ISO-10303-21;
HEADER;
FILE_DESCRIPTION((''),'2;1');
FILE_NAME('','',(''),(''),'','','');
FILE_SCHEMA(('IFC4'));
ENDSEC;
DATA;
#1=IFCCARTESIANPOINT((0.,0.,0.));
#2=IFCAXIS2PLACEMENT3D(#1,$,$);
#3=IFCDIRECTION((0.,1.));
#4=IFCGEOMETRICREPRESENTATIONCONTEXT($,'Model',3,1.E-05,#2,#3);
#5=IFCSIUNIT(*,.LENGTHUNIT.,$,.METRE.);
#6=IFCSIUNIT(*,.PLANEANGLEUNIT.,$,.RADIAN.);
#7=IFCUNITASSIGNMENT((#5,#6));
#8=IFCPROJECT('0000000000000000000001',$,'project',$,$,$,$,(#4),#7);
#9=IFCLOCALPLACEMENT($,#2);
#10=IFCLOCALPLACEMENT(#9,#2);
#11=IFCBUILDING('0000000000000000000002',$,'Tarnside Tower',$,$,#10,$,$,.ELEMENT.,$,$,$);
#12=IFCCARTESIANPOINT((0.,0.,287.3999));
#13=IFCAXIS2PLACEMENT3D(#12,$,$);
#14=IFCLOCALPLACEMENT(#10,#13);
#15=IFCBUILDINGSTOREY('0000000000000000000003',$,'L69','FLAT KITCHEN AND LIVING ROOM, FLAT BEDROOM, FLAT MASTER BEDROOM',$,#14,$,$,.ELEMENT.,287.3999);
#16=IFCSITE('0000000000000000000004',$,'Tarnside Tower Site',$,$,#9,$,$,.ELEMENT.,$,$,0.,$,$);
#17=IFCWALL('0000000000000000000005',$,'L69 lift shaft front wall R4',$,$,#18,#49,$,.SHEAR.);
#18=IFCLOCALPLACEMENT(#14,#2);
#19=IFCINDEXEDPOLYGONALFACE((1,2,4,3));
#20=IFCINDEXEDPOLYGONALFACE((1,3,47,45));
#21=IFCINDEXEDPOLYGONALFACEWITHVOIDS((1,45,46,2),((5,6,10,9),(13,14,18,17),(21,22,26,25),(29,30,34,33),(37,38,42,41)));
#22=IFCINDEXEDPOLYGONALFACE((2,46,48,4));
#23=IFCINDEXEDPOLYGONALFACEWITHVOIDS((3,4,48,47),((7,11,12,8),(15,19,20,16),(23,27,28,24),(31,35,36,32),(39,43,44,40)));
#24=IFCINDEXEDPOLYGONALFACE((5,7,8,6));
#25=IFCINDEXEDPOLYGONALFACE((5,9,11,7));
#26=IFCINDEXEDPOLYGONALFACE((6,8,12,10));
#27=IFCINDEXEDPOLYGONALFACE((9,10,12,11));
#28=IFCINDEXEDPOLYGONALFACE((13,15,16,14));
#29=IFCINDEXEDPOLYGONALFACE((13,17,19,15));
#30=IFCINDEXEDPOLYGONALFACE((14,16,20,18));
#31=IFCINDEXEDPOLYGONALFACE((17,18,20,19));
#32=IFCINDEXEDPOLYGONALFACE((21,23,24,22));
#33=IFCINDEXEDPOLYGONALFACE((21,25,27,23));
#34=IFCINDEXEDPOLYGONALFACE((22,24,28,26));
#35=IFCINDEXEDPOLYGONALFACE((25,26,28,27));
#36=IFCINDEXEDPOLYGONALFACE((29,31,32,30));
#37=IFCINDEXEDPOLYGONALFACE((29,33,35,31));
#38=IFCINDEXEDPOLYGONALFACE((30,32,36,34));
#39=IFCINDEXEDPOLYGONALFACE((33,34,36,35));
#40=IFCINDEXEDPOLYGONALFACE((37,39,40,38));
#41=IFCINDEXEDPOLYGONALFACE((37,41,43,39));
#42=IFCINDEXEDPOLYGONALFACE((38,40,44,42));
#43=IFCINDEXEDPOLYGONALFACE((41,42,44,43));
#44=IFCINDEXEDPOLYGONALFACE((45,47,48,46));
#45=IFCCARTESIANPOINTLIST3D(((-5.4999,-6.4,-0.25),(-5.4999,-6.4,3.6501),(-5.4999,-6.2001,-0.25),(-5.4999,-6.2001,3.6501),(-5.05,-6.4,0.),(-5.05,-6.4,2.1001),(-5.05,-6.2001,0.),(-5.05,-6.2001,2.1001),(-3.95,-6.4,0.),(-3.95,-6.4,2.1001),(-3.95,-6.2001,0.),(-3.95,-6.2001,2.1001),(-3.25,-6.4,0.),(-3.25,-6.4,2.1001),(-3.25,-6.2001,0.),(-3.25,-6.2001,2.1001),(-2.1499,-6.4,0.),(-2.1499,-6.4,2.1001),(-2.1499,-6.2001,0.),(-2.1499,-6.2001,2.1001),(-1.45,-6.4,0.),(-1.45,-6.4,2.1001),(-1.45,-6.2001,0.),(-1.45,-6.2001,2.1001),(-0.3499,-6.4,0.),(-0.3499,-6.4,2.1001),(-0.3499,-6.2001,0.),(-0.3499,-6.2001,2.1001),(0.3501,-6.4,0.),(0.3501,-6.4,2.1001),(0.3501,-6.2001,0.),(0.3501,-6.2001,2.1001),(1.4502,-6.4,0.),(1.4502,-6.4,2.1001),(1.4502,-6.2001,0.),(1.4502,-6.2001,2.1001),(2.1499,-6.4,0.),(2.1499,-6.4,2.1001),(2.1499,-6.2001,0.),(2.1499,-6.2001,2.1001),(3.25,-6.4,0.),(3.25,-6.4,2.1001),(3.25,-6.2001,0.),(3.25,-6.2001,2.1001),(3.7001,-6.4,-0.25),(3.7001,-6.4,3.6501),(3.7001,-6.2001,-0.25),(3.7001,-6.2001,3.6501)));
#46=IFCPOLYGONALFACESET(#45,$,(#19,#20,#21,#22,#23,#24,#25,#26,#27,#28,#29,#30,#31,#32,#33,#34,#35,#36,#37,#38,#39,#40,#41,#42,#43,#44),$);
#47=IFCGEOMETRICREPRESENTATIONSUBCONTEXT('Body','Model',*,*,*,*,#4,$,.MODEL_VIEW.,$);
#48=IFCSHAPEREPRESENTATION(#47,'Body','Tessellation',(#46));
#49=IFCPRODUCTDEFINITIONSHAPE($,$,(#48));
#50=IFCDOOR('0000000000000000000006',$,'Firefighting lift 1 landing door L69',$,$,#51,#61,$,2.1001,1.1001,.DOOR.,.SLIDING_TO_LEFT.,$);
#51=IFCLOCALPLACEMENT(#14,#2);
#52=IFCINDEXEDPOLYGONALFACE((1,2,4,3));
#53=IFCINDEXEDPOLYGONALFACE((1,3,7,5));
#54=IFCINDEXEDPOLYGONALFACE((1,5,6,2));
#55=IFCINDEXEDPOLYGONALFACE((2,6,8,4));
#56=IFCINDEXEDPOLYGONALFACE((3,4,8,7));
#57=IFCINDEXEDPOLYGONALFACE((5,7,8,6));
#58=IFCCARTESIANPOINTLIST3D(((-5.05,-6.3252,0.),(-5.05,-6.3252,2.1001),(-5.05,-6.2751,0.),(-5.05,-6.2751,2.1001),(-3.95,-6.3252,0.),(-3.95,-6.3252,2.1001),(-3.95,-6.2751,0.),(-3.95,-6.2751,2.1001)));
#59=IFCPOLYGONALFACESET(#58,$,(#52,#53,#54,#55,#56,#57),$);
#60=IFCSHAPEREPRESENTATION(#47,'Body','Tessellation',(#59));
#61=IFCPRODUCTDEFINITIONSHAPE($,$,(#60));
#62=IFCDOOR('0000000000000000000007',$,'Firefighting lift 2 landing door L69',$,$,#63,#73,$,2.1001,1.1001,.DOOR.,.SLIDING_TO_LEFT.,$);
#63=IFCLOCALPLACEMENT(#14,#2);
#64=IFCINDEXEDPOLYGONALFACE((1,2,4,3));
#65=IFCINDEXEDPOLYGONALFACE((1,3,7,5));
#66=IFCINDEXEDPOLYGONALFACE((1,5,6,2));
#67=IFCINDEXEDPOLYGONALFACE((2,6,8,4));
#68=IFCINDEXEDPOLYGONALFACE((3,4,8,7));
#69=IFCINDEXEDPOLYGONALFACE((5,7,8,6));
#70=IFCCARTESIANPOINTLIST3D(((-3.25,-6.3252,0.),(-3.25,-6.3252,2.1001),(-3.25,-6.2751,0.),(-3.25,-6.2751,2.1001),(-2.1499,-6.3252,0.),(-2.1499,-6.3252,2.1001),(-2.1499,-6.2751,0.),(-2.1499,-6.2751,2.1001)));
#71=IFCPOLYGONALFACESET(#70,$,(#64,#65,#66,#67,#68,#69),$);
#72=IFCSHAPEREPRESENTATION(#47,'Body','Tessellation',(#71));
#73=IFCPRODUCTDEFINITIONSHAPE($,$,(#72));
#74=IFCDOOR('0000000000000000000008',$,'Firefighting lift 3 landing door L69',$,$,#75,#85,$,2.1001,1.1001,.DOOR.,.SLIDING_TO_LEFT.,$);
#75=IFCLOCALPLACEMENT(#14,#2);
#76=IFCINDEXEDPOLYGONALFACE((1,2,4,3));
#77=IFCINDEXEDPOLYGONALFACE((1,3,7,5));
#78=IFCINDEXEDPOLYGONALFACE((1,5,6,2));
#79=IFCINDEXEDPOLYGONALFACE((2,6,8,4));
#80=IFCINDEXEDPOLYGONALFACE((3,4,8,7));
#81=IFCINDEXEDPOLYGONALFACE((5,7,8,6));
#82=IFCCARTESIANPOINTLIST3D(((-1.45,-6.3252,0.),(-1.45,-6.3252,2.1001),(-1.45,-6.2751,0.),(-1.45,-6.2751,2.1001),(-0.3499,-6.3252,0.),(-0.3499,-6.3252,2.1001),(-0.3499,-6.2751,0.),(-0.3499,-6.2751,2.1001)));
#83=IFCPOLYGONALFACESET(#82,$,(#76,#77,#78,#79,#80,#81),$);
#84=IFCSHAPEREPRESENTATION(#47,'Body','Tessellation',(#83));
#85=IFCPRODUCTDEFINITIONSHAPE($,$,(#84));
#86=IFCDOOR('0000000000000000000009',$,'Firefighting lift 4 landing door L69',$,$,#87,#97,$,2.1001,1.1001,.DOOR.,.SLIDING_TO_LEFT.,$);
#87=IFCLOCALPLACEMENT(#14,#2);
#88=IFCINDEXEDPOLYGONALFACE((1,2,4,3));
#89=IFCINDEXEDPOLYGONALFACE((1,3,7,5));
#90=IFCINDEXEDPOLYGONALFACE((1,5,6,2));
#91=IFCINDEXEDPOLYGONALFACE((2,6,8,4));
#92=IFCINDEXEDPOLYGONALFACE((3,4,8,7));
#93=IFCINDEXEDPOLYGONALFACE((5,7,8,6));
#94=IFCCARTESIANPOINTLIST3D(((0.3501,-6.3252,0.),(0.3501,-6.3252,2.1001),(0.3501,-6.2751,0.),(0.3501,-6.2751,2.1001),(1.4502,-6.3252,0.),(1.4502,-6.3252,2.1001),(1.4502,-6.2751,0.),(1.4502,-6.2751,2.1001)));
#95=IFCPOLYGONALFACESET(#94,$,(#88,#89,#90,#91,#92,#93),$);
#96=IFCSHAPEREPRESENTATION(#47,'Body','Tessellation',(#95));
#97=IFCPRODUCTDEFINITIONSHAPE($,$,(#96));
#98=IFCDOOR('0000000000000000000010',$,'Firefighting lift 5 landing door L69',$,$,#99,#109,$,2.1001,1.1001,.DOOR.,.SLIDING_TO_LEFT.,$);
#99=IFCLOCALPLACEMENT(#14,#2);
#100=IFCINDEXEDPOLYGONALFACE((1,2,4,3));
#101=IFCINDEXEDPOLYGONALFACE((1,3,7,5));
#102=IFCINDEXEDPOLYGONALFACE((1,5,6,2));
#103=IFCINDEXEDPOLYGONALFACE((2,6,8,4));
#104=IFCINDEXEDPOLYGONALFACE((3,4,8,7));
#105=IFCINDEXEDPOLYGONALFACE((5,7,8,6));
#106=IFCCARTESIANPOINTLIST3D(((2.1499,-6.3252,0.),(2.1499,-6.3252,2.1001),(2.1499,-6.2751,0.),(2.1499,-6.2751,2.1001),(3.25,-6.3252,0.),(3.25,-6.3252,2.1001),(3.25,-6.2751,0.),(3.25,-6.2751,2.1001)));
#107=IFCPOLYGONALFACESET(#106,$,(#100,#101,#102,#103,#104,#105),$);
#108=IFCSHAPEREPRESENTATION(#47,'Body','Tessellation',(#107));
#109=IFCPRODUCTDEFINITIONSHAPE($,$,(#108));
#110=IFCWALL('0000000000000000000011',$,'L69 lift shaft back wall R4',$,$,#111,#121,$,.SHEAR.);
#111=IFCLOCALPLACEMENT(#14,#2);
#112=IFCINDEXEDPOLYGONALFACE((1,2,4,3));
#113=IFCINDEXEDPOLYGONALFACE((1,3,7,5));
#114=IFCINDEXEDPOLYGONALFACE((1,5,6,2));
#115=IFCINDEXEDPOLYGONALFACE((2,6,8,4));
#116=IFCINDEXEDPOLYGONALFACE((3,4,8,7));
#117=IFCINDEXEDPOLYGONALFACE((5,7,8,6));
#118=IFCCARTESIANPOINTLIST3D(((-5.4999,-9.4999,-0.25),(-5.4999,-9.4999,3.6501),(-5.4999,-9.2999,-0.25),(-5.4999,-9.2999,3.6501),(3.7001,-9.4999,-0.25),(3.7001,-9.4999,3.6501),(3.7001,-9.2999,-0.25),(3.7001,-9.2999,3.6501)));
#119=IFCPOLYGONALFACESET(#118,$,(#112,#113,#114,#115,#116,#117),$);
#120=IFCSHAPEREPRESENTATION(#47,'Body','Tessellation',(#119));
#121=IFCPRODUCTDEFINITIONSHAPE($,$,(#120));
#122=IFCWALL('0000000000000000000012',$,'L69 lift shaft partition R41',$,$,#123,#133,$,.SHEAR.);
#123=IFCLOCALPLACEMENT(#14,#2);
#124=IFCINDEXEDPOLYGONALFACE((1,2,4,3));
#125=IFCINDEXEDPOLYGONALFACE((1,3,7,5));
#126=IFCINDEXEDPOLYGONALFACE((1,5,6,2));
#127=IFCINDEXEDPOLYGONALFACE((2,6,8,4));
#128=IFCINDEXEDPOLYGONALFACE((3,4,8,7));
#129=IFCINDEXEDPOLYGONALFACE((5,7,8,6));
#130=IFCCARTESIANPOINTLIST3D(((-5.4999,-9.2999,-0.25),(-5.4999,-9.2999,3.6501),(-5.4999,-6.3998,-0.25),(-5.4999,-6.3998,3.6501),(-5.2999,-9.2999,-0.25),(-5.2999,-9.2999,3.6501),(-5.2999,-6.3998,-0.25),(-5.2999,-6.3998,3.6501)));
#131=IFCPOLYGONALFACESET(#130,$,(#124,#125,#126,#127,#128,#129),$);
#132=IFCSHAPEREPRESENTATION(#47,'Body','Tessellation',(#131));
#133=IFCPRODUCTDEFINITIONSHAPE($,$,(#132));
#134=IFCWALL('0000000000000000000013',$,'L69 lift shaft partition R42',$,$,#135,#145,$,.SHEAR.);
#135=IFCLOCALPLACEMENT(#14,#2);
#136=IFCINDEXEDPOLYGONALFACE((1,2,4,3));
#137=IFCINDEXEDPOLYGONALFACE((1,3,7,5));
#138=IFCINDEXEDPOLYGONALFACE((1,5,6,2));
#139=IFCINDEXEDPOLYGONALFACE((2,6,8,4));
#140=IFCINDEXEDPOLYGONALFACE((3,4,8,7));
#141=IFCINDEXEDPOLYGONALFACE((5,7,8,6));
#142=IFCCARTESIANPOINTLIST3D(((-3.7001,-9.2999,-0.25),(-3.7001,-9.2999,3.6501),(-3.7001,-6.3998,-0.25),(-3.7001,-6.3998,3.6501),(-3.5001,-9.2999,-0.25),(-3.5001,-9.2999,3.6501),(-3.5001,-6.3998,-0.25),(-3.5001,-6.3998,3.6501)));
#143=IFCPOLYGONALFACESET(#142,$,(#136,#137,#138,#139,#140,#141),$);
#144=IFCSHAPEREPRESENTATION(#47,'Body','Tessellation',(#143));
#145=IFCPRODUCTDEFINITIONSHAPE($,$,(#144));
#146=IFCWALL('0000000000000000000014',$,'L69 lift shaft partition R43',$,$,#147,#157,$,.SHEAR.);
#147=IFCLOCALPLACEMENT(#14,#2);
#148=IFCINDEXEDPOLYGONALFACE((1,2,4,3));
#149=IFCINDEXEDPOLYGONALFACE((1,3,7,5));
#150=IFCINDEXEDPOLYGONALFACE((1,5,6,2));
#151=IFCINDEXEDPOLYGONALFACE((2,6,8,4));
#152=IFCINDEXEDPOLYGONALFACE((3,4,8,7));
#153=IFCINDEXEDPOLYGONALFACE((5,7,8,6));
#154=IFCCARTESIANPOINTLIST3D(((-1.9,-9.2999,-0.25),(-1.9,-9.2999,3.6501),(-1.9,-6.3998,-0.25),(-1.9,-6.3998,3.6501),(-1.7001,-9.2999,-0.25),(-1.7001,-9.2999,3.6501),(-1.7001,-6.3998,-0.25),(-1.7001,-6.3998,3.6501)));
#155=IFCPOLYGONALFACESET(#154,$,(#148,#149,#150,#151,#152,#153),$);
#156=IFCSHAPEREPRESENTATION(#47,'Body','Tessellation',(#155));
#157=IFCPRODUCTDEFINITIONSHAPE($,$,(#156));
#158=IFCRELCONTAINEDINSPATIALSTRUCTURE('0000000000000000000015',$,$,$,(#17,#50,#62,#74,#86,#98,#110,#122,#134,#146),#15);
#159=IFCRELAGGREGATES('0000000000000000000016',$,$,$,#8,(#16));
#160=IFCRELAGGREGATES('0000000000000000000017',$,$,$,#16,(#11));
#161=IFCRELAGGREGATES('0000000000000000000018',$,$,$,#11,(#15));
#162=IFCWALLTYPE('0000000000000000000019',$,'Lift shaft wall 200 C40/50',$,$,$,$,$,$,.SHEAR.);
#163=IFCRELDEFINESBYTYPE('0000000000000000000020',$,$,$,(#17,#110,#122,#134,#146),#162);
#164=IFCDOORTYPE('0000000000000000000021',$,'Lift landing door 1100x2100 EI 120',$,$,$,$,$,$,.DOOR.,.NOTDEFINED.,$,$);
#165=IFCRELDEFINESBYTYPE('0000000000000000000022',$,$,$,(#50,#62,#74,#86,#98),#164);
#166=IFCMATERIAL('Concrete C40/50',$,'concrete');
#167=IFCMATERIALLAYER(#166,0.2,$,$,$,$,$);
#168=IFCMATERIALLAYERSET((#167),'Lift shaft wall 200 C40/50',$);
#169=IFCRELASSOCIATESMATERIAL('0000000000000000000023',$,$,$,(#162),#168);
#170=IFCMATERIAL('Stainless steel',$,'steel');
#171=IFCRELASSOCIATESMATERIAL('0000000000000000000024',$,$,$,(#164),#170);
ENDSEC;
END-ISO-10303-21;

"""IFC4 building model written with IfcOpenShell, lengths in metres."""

from ifc_helpers import new_model, si_unit, direction, frame, frame_2d, origin, place, context, subcontext, project, spatial, rectangle, extrude, material, layer, layer_set, type_object, element, fill, save


model = new_model("IFC4")

# Units and contexts
model_context = context("Model", 3, precision=1e-05, world=origin(), true_north=direction((0.0, 1.0)))
body_context = subcontext(model_context, "Body", "Model", "MODEL_VIEW")
ifc_project = project(units=[si_unit("LENGTHUNIT", "METRE"), si_unit("PLANEANGLEUNIT", "RADIAN")], contexts=[model_context])

# Site, building, storey
site_placement = place(None, origin())
site = spatial("IfcSite", under=ifc_project, at=site_placement, Name="Tarnside Tower Site", CompositionType="ELEMENT", RefElevation=0.0)
building_placement = place(site_placement, origin())
building = spatial("IfcBuilding", under=site, at=building_placement, Name="Tarnside Tower", CompositionType="ELEMENT")
storey_placement = place(building_placement, frame((0.0, 0.0, 287.3999)))
storey = spatial("IfcBuildingStorey", under=building, at=storey_placement, Name="L69", Description="FLAT KITCHEN AND LIVING ROOM, FLAT BEDROOM, FLAT MASTER BEDROOM", CompositionType="ELEMENT", Elevation=287.3999)

# Shared definitions
ifc_material_1 = material(Name="Concrete C40/50", Category="concrete")

# Wall, openings, doors
ifc_layer_1 = layer(ifc_material_1, 0.2)
ifc_layer_set_1 = layer_set([ifc_layer_1], Name="Lift shaft wall 200 C40/50")
wall_type_1 = type_object("IfcWallType", Name="Lift shaft wall 200 C40/50", PredefinedType="SHEAR", material=ifc_layer_set_1)
wall_1_placement = place(storey_placement, frame((-5.5, -6.3, -0.25), z_axis=(0.0, 0.0, 1.0), x_axis=(1.0, 0.0, 0.0)))
wall_1 = element("IfcWall", 1, at=wall_1_placement, inside=storey, type_object=wall_type_1, Name="L69 lift shaft front wall R4", PredefinedType="SHEAR", context=body_context, shape_type="SweptSolid", body=[
    extrude(rectangle(XDim=9.2, YDim=0.2, at=frame_2d((4.6001, 0.0))), origin(), (0.0, 0.0, 1.0), 3.9001),
])
opening_1_placement = place(wall_1_placement, frame((0.45, 0.0, 0.25)))
opening_1 = element("IfcOpeningElement", 2, at=opening_1_placement, cuts=wall_1, PredefinedType="OPENING", context=body_context, shape_type="SweptSolid", body=[
    extrude(rectangle(XDim=1.1001, YDim=2.1001, at=frame_2d((0.55, 1.05))), frame((0.0, 0.1099, 0.0), z_axis=(0.0, -1.0, 0.0), x_axis=(1.0, 0.0, 0.0)), (0.0, 0.0, 1.0), 0.22),
])
opening_2_placement = place(wall_1_placement, frame((2.25, 0.0, 0.25)))
opening_2 = element("IfcOpeningElement", 3, at=opening_2_placement, cuts=wall_1, PredefinedType="OPENING", context=body_context, shape_type="SweptSolid", body=[
    extrude(rectangle(XDim=1.1001, YDim=2.1001, at=frame_2d((0.55, 1.05))), frame((0.0, 0.1099, 0.0), z_axis=(0.0, -1.0, 0.0), x_axis=(1.0, 0.0, 0.0)), (0.0, 0.0, 1.0), 0.22),
])
opening_3_placement = place(wall_1_placement, frame((4.05, 0.0, 0.25)))
opening_3 = element("IfcOpeningElement", 4, at=opening_3_placement, cuts=wall_1, PredefinedType="OPENING", context=body_context, shape_type="SweptSolid", body=[
    extrude(rectangle(XDim=1.1001, YDim=2.1001, at=frame_2d((0.55, 1.05))), frame((0.0, 0.1099, 0.0), z_axis=(0.0, -1.0, 0.0), x_axis=(1.0, 0.0, 0.0)), (0.0, 0.0, 1.0), 0.22),
])
opening_4_placement = place(wall_1_placement, frame((5.8501, 0.0, 0.25)))
opening_4 = element("IfcOpeningElement", 5, at=opening_4_placement, cuts=wall_1, PredefinedType="OPENING", context=body_context, shape_type="SweptSolid", body=[
    extrude(rectangle(XDim=1.1001, YDim=2.1001, at=frame_2d((0.55, 1.05))), frame((0.0, 0.1099, 0.0), z_axis=(0.0, -1.0, 0.0), x_axis=(1.0, 0.0, 0.0)), (0.0, 0.0, 1.0), 0.22),
])
opening_5_placement = place(wall_1_placement, frame((7.6499, 0.0, 0.25)))
opening_5 = element("IfcOpeningElement", 6, at=opening_5_placement, cuts=wall_1, PredefinedType="OPENING", context=body_context, shape_type="SweptSolid", body=[
    extrude(rectangle(XDim=1.1001, YDim=2.1001, at=frame_2d((0.55, 1.05))), frame((0.0, 0.1099, 0.0), z_axis=(0.0, -1.0, 0.0), x_axis=(1.0, 0.0, 0.0)), (0.0, 0.0, 1.0), 0.22),
])
ifc_material_2 = material(Name="Stainless steel", Category="steel")
door_type_1 = type_object("IfcDoorType", Name="Lift landing door 1100x2100 EI 120", OperationType="NOTDEFINED", PredefinedType="DOOR", material=ifc_material_2)
door_1_placement = place(opening_1_placement, origin())
door_1 = element("IfcDoor", 7, at=door_1_placement, inside=storey, type_object=door_type_1, Name="Firefighting lift 1 landing door L69", OperationType="SLIDING_TO_LEFT", OverallHeight=2.1001, OverallWidth=1.1001, PredefinedType="DOOR", context=body_context, shape_type="SweptSolid", body=[
    extrude(rectangle(XDim=1.1001, YDim=2.1001, at=frame_2d((0.55, 1.05))), frame((0.0, 0.0249, 0.0), z_axis=(0.0, -1.0, 0.0), x_axis=(1.0, 0.0, 0.0)), (0.0, 0.0, 1.0), 0.05),
])
fill(opening_1, door_1)
door_2_placement = place(opening_2_placement, origin())
door_2 = element("IfcDoor", 8, at=door_2_placement, inside=storey, type_object=door_type_1, Name="Firefighting lift 2 landing door L69", OperationType="SLIDING_TO_LEFT", OverallHeight=2.1001, OverallWidth=1.1001, PredefinedType="DOOR", context=body_context, shape_type="SweptSolid", body=[
    extrude(rectangle(XDim=1.1001, YDim=2.1001, at=frame_2d((0.55, 1.05))), frame((0.0, 0.0249, 0.0), z_axis=(0.0, -1.0, 0.0), x_axis=(1.0, 0.0, 0.0)), (0.0, 0.0, 1.0), 0.05),
])
fill(opening_2, door_2)
door_3_placement = place(opening_3_placement, origin())
door_3 = element("IfcDoor", 9, at=door_3_placement, inside=storey, type_object=door_type_1, Name="Firefighting lift 3 landing door L69", OperationType="SLIDING_TO_LEFT", OverallHeight=2.1001, OverallWidth=1.1001, PredefinedType="DOOR", context=body_context, shape_type="SweptSolid", body=[
    extrude(rectangle(XDim=1.1001, YDim=2.1001, at=frame_2d((0.55, 1.05))), frame((0.0, 0.0249, 0.0), z_axis=(0.0, -1.0, 0.0), x_axis=(1.0, 0.0, 0.0)), (0.0, 0.0, 1.0), 0.05),
])
fill(opening_3, door_3)
door_4_placement = place(opening_4_placement, origin())
door_4 = element("IfcDoor", 10, at=door_4_placement, inside=storey, type_object=door_type_1, Name="Firefighting lift 4 landing door L69", OperationType="SLIDING_TO_LEFT", OverallHeight=2.1001, OverallWidth=1.1001, PredefinedType="DOOR", context=body_context, shape_type="SweptSolid", body=[
    extrude(rectangle(XDim=1.1001, YDim=2.1001, at=frame_2d((0.55, 1.05))), frame((0.0, 0.0249, 0.0), z_axis=(0.0, -1.0, 0.0), x_axis=(1.0, 0.0, 0.0)), (0.0, 0.0, 1.0), 0.05),
])
fill(opening_4, door_4)
door_5_placement = place(opening_5_placement, origin())
door_5 = element("IfcDoor", 11, at=door_5_placement, inside=storey, type_object=door_type_1, Name="Firefighting lift 5 landing door L69", OperationType="SLIDING_TO_LEFT", OverallHeight=2.1001, OverallWidth=1.1001, PredefinedType="DOOR", context=body_context, shape_type="SweptSolid", body=[
    extrude(rectangle(XDim=1.1001, YDim=2.1001, at=frame_2d((0.55, 1.05))), frame((0.0, 0.0249, 0.0), z_axis=(0.0, -1.0, 0.0), x_axis=(1.0, 0.0, 0.0)), (0.0, 0.0, 1.0), 0.05),
])
fill(opening_5, door_5)

# Walls
wall_2_placement = place(storey_placement, frame((-5.5, -9.3999, -0.25), z_axis=(0.0, 0.0, 1.0), x_axis=(1.0, 0.0, 0.0)))
element("IfcWall", 12, at=wall_2_placement, inside=storey, type_object=wall_type_1, Name="L69 lift shaft back wall R4", PredefinedType="SHEAR", context=body_context, shape_type="SweptSolid", body=[
    extrude(rectangle(XDim=9.2, YDim=0.2, at=frame_2d((4.6001, 0.0))), origin(), (0.0, 0.0, 1.0), 3.9001),
])
for number, where, z_axis, x_axis, name in (
    (13, (-5.3999, -9.3, -0.25), (0.0, 0.0, 1.0), (0.0, 1.0, 0.0), "L69 lift shaft partition R41"),
    (14, (-3.6001, -9.3, -0.25), (0.0, 0.0, 1.0), (0.0, 1.0, 0.0), "L69 lift shaft partition R42"),
    (15, (-1.8, -9.3, -0.25), (0.0, 0.0, 1.0), (0.0, 1.0, 0.0), "L69 lift shaft partition R43"),
):
    element("IfcWall", number, at=place(storey_placement, frame(where, z_axis=z_axis, x_axis=x_axis)), inside=storey, type_object=wall_type_1, Name=name, PredefinedType="SHEAR", context=body_context, shape_type="SweptSolid", body=[
        extrude(rectangle(XDim=2.9001, YDim=0.2, at=frame_2d((1.4502, 0.0))), origin(), (0.0, 0.0, 1.0), 3.9001),
    ])

save(model, "model.ifc")
